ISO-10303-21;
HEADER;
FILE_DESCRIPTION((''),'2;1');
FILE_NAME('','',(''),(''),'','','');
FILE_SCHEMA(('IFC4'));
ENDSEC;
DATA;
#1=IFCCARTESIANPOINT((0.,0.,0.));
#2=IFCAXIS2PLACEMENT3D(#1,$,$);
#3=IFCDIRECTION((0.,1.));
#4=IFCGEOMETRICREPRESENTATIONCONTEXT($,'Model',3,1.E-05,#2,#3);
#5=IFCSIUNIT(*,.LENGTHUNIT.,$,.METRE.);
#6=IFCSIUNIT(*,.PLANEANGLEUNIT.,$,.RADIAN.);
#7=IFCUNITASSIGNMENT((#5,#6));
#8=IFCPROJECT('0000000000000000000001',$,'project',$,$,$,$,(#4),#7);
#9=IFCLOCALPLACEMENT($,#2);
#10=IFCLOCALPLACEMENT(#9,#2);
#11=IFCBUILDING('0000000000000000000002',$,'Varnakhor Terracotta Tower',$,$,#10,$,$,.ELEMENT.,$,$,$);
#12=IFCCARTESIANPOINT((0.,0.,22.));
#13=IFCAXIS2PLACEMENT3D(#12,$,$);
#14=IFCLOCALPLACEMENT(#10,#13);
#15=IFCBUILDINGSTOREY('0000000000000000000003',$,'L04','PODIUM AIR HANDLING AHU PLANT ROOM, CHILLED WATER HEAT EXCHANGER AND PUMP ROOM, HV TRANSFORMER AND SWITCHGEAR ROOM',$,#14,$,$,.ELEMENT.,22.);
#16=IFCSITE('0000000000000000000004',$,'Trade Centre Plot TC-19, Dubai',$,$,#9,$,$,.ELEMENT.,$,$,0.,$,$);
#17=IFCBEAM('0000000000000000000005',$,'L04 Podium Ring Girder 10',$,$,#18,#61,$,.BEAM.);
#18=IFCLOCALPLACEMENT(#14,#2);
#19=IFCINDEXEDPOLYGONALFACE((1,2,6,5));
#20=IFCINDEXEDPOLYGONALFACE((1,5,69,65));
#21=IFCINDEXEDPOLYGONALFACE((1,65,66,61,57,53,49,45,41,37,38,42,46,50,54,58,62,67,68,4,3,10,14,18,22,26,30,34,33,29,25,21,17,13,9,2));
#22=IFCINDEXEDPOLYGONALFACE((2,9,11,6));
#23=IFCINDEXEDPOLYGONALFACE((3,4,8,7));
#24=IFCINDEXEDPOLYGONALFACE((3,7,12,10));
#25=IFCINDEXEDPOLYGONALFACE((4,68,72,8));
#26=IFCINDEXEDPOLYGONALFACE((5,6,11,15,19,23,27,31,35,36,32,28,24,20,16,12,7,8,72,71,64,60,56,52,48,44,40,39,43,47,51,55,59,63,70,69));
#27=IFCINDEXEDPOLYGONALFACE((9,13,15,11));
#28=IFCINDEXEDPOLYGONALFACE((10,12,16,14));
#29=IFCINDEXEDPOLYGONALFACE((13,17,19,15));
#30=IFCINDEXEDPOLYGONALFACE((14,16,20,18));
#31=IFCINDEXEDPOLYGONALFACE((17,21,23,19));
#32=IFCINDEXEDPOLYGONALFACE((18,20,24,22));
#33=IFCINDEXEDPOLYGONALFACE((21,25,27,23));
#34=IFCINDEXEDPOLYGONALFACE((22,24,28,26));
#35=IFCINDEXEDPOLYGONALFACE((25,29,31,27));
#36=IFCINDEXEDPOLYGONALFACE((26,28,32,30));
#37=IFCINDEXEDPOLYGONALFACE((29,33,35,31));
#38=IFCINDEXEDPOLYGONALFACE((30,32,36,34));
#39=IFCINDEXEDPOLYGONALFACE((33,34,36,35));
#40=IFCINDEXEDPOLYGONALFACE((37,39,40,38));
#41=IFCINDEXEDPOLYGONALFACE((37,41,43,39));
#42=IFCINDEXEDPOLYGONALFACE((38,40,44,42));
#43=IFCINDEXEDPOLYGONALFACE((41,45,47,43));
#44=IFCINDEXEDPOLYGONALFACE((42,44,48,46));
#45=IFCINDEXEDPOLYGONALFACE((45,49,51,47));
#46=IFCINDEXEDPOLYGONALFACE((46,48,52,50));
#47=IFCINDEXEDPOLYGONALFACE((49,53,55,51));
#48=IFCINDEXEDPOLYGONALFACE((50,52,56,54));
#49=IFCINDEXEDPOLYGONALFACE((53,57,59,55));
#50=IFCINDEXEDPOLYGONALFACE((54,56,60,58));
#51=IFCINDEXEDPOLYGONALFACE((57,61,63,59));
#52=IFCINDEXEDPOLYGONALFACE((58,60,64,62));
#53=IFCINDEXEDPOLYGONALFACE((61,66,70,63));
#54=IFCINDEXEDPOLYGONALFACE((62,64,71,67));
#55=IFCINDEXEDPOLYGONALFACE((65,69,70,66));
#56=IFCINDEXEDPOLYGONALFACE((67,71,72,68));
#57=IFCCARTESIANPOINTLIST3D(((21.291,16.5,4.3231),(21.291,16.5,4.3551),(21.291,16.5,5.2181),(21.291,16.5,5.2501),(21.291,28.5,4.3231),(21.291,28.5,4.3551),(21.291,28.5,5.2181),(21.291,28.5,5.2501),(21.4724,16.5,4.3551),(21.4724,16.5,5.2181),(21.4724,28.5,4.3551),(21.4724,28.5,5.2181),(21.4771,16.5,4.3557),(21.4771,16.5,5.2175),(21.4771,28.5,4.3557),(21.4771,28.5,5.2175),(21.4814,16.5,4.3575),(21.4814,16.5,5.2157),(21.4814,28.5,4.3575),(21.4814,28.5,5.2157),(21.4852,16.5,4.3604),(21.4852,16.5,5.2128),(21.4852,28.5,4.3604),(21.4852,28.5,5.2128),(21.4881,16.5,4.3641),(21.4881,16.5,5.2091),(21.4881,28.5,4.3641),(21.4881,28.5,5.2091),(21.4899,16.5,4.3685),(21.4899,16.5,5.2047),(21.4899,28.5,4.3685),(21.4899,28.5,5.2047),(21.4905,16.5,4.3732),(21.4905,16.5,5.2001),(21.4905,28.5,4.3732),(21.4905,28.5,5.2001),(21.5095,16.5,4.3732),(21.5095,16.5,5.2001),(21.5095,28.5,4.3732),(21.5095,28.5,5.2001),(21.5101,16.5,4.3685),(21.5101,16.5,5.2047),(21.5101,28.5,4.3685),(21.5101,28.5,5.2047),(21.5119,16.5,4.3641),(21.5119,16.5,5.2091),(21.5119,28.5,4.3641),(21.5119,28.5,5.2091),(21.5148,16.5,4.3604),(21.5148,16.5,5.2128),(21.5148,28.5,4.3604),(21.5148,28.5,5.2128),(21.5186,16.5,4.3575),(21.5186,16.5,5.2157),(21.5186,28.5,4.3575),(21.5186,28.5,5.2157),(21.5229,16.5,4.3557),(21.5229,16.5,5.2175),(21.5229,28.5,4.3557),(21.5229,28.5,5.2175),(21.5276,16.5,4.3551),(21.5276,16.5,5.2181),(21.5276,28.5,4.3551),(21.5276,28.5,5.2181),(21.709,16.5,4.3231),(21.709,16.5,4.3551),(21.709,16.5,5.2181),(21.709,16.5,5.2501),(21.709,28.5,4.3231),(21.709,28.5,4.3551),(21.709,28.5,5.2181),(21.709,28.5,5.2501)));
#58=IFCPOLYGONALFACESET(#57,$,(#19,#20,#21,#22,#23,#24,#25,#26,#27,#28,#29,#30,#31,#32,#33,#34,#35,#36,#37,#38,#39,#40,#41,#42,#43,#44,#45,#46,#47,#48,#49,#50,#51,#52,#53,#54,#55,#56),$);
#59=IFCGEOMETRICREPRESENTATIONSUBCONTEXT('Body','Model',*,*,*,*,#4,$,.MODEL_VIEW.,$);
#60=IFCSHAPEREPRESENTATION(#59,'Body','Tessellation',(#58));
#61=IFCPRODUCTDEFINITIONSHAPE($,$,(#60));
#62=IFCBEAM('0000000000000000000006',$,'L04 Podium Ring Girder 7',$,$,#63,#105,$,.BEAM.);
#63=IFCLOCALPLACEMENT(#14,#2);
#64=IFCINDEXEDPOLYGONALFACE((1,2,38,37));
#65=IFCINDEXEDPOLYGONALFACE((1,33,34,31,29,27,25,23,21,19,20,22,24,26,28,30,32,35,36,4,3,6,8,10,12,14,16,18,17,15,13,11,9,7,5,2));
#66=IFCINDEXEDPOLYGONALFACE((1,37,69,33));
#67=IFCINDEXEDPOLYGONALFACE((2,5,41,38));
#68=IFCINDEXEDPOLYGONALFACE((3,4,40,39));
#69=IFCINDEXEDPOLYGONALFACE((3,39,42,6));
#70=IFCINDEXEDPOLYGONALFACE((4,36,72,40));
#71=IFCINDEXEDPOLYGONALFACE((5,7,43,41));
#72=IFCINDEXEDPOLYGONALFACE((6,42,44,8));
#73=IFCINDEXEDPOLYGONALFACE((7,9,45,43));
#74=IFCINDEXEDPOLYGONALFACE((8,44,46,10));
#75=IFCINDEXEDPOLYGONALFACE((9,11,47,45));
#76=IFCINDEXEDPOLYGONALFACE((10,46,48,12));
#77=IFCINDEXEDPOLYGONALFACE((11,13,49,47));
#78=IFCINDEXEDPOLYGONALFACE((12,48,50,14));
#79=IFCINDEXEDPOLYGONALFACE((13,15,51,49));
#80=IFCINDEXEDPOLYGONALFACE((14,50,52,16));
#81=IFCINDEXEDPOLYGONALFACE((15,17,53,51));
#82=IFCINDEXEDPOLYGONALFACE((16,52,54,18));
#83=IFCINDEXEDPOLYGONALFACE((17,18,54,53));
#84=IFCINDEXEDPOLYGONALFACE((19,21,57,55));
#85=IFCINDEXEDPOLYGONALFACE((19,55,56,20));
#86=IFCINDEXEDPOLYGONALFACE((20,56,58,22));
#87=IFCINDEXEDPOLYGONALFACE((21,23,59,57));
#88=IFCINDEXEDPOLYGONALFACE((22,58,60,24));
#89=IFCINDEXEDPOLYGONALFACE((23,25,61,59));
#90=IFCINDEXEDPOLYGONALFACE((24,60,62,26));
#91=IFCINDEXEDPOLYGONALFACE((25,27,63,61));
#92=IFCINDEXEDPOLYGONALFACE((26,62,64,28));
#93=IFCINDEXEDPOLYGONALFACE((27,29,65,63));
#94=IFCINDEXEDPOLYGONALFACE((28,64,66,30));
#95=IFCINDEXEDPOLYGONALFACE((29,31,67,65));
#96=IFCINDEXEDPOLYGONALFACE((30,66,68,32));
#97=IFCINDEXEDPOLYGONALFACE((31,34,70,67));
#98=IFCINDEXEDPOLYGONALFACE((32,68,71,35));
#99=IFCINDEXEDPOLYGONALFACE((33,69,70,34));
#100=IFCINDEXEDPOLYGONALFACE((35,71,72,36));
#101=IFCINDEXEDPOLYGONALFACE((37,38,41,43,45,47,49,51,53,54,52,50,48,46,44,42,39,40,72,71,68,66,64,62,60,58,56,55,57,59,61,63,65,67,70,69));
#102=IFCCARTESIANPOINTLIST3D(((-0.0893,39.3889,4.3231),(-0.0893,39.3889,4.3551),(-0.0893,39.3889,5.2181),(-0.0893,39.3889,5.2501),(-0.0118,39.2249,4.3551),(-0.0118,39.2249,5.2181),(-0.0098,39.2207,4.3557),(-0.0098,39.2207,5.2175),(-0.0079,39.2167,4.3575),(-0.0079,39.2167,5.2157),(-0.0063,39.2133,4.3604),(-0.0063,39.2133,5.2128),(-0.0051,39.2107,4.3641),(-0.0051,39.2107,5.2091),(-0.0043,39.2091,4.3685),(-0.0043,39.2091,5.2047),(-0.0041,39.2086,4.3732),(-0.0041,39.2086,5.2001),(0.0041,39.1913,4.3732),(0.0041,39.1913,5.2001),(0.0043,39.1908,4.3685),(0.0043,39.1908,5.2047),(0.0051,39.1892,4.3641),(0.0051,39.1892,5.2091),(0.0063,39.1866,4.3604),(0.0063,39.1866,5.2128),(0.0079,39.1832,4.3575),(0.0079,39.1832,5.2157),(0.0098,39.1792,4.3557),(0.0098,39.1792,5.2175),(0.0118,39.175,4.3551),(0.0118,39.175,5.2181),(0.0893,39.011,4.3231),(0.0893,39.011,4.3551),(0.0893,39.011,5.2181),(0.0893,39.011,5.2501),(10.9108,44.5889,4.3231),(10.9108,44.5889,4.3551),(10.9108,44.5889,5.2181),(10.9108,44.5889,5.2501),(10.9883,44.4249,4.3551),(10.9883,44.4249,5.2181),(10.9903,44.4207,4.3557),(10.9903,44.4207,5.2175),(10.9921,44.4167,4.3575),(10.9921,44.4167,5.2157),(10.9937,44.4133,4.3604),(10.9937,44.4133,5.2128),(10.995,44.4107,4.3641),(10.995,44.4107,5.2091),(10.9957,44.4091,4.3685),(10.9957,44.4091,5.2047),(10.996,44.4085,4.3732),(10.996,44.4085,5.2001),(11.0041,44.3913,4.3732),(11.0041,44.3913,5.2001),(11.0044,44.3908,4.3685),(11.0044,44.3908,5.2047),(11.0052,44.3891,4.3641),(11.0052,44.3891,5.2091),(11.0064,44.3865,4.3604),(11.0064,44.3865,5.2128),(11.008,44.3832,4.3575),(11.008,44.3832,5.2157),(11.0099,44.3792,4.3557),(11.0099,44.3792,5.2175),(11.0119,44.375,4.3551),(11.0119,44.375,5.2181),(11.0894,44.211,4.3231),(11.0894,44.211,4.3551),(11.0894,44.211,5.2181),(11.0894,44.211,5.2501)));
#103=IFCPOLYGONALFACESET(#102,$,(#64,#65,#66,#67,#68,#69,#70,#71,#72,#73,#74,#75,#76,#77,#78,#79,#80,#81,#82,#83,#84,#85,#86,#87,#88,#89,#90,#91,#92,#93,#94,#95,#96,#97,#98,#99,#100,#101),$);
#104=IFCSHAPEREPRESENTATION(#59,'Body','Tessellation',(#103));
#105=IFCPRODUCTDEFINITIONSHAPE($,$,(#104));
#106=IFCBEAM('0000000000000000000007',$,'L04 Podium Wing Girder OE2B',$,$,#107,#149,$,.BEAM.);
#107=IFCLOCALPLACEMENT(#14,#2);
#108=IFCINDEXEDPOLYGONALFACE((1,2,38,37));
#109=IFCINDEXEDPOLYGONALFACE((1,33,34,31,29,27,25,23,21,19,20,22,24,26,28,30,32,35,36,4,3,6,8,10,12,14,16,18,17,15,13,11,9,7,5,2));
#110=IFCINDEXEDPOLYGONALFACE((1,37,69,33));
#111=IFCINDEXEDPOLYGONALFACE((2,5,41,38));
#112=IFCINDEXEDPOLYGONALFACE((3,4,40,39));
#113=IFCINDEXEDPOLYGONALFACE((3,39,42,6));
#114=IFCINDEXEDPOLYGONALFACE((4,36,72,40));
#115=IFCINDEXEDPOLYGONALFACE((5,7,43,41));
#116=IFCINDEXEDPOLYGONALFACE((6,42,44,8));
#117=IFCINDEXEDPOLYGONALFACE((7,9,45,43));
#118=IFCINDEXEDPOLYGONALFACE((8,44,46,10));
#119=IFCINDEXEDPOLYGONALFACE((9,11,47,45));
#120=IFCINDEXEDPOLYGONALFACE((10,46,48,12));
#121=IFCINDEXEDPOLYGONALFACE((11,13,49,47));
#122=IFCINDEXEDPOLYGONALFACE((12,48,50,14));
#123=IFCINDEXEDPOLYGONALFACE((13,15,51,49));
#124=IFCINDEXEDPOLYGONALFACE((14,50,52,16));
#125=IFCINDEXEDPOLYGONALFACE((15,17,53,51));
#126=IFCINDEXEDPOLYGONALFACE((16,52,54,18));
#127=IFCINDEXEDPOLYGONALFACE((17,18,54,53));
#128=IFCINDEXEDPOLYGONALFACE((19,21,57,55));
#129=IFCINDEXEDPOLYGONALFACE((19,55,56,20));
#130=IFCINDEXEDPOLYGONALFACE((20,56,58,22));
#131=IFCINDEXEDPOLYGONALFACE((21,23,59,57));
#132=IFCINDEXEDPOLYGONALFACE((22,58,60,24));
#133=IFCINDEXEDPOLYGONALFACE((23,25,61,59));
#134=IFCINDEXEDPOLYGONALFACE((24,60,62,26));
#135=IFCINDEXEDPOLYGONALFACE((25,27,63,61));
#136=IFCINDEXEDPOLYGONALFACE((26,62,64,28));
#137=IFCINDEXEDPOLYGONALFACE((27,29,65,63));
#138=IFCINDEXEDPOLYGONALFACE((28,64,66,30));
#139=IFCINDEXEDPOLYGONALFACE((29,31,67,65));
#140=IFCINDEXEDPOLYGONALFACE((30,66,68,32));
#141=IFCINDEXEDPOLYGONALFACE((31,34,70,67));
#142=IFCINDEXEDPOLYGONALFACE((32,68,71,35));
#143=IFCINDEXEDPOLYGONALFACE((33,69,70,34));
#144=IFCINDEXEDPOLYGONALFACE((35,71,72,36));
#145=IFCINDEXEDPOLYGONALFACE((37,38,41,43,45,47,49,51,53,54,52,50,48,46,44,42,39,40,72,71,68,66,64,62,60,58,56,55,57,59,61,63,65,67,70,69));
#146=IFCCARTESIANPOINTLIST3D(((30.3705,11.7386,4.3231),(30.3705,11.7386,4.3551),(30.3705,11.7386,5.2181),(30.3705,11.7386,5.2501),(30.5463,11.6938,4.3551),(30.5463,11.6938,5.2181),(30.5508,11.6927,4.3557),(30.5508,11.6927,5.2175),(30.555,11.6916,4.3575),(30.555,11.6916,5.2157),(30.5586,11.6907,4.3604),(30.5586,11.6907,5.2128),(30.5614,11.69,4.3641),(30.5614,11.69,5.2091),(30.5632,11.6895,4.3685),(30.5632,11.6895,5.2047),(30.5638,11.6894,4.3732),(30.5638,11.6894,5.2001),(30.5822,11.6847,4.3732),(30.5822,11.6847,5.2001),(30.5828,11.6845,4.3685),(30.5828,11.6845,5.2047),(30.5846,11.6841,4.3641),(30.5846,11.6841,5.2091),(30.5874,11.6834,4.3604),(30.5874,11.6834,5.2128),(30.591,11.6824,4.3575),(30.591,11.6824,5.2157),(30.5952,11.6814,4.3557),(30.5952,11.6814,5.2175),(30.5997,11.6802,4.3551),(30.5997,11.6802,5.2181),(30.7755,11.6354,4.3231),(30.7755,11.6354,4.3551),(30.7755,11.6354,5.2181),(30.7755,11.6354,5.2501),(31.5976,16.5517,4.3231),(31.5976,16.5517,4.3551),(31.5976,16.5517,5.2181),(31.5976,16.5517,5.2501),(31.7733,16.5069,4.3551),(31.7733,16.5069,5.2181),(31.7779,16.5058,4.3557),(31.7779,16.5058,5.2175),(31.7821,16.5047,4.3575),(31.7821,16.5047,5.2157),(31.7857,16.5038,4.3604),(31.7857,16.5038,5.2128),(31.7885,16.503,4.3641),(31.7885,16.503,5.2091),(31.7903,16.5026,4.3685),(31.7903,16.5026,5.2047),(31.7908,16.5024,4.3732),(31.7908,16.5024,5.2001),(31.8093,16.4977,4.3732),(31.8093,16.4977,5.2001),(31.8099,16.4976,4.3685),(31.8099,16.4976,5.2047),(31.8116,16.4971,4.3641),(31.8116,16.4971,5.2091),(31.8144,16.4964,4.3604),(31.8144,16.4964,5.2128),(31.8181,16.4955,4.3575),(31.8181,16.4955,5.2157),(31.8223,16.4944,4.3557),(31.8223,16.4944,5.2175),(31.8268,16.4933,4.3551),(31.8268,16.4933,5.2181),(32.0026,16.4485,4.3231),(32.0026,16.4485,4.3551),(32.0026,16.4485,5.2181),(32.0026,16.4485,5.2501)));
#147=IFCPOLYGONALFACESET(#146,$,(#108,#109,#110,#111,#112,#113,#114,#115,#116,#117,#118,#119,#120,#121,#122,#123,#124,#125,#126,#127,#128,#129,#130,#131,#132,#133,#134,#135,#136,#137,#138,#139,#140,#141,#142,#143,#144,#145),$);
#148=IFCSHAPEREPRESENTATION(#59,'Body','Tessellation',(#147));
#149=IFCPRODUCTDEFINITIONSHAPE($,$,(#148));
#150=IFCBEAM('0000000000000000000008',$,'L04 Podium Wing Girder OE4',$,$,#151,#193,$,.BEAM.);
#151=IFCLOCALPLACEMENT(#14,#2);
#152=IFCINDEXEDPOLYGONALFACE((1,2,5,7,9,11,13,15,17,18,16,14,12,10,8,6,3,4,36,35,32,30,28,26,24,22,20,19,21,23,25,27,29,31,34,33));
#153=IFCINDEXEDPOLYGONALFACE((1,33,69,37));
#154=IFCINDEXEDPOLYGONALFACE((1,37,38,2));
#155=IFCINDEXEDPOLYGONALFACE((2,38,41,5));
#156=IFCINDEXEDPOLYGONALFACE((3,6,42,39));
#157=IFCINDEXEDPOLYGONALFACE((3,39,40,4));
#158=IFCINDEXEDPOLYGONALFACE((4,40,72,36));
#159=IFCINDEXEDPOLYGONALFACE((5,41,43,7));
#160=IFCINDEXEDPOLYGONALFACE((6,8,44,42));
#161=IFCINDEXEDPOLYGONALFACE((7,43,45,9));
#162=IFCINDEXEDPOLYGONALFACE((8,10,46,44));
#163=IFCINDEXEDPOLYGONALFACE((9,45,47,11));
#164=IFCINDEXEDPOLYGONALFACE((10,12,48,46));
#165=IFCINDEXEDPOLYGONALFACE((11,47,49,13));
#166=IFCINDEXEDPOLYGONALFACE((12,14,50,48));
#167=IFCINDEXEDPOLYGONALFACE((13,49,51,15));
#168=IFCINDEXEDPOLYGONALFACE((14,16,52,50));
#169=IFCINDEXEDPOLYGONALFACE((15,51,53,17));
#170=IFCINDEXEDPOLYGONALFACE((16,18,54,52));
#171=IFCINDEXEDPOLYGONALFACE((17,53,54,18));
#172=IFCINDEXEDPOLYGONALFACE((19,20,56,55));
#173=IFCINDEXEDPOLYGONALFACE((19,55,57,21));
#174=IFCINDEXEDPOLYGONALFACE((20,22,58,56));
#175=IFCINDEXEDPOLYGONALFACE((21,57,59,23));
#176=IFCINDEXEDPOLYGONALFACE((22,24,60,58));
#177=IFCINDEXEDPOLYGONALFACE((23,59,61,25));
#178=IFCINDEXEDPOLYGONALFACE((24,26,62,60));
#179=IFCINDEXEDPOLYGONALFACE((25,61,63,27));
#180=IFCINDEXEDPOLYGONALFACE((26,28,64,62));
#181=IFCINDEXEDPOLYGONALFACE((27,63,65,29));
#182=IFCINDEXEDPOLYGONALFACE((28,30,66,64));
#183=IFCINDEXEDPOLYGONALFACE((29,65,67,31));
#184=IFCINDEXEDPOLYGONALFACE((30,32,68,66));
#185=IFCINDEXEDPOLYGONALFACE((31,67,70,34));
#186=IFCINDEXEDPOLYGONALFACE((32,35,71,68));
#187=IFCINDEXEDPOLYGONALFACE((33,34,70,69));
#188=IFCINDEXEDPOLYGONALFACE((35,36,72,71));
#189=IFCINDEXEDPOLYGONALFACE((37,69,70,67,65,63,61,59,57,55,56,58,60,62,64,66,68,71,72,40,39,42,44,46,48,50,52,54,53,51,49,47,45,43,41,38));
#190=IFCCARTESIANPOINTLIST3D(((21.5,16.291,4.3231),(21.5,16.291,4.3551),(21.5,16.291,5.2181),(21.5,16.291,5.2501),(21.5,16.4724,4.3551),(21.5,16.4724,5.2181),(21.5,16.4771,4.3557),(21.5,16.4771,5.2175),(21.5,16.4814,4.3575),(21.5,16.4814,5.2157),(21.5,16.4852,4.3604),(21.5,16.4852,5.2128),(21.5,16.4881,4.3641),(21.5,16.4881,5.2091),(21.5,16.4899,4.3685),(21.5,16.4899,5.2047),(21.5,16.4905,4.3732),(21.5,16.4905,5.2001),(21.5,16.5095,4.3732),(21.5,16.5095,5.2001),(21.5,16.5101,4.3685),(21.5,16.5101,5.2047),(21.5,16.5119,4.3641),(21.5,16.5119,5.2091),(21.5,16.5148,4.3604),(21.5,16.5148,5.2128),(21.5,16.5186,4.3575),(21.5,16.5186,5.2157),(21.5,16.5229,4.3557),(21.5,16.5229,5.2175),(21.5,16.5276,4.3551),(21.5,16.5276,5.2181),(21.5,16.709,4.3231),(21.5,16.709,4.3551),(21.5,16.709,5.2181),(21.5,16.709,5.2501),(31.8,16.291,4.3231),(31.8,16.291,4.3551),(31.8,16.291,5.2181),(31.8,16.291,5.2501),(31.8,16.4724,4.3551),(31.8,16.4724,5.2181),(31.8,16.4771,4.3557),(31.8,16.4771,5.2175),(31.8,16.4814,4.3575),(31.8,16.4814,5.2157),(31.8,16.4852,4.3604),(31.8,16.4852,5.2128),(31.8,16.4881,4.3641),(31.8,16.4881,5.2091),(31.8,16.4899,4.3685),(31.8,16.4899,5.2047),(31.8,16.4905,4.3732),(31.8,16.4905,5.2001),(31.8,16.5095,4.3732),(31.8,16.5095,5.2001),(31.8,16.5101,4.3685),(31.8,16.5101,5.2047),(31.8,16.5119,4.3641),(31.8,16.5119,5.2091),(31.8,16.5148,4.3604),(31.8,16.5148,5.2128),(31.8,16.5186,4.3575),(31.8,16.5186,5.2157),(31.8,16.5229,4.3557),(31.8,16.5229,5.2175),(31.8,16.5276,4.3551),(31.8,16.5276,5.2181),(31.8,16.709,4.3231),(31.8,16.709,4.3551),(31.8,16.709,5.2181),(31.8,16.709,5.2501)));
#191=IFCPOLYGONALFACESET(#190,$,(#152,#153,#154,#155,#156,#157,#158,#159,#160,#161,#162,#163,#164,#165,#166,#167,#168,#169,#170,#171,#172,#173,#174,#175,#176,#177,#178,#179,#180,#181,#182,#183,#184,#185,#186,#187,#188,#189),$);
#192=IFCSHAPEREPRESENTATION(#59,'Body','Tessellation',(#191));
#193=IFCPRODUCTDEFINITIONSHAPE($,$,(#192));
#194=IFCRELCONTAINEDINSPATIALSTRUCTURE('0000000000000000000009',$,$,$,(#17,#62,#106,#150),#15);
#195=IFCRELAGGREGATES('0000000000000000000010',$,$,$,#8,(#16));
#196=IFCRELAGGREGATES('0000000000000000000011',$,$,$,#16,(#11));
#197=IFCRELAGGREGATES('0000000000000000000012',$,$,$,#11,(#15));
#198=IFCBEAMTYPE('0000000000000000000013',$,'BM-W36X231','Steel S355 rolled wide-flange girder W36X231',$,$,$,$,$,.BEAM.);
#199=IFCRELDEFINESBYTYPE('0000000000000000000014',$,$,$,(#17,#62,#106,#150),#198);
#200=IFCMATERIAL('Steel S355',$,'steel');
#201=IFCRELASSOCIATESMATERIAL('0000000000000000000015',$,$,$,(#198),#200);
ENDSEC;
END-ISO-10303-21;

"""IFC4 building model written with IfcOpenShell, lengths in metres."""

from ifc_helpers import new_model, si_unit, direction, frame, origin, origin_2d, place, context, subcontext, project, spatial, i_section, extrude, source, transform, mapped, material, material_profile, profile_set, type_object, element, save


model = new_model("IFC4")

# Units and contexts
model_context = context("Model", 3, precision=1e-05, world=origin(), true_north=direction((0.0, 1.0)))
body_context = subcontext(model_context, "Body", "Model", "MODEL_VIEW")
ifc_project = project(units=[si_unit("LENGTHUNIT", "METRE"), si_unit("PLANEANGLEUNIT", "RADIAN")], contexts=[model_context])

# Site, building, storey
site_placement = place(None, origin())
site = spatial("IfcSite", under=ifc_project, at=site_placement, Name="Trade Centre Plot TC-19, Dubai", CompositionType="ELEMENT", RefElevation=0.0)
building_placement = place(site_placement, origin())
building = spatial("IfcBuilding", under=site, at=building_placement, Name="Varnakhor Terracotta Tower", CompositionType="ELEMENT")
storey_placement = place(building_placement, frame((0.0, 0.0, 22.0)))
storey = spatial("IfcBuildingStorey", under=building, at=storey_placement, Name="L04", Description="PODIUM AIR HANDLING AHU PLANT ROOM, CHILLED WATER HEAT EXCHANGER AND PUMP ROOM, HV TRANSFORMER AND SWITCHGEAR ROOM", CompositionType="ELEMENT", Elevation=22.0)

# Beams
ifc_material_1 = material(Name="Steel S355", Category="steel")
ifc_material_profile_1 = material_profile(ifc_material_1, i_section(OverallWidth=0.418, OverallDepth=0.927, WebThickness=0.019, FlangeThickness=0.032, FilletRadius=0.0181, at=origin_2d()), Name="W36X231")
ifc_profile_set_1 = profile_set([ifc_material_profile_1], Name="Steel S355")
beam_type_1 = type_object("IfcBeamType", Name="BM-W36X231", Description="Steel S355 rolled wide-flange girder W36X231", PredefinedType="BEAM", material=ifc_profile_set_1)
shared_shape_1 = source(origin(), body_context, "Body", "SweptSolid", [
    extrude(i_section(OverallWidth=0.418, OverallDepth=0.927, WebThickness=0.019, FlangeThickness=0.032, FilletRadius=0.0181, at=origin_2d()), origin(), (0.0, 0.0, 1.0), 12.0),
])
beam_1_placement = place(storey_placement, frame((21.5, 28.5, 4.7866), z_axis=(0.0, -1.0, 0.0), x_axis=(1.0, 0.0, 0.0)))
element("IfcBeam", 1, at=beam_1_placement, inside=storey, type_object=beam_type_1, Name="L04 Podium Ring Girder 10", PredefinedType="BEAM", context=body_context, shape_type="MappedRepresentation", body=[
    mapped(shared_shape_1, transform((0.0, 0.0, 0.0), scale=1.0)),
])
shared_shape_2 = source(origin(), body_context, "Body", "SweptSolid", [
    extrude(i_section(OverallWidth=0.418, OverallDepth=0.927, WebThickness=0.019, FlangeThickness=0.032, FilletRadius=0.0181, at=origin_2d()), origin(), (0.0, 0.0, 1.0), 12.1672),
])
beam_2_placement = place(storey_placement, frame((0.0, 39.2, 4.7866), z_axis=(0.904074, 0.427376, 0.0), x_axis=(-0.427376, 0.904074, 0.0)))
element("IfcBeam", 2, at=beam_2_placement, inside=storey, type_object=beam_type_1, Name="L04 Podium Ring Girder 7", PredefinedType="BEAM", context=body_context, shape_type="MappedRepresentation", body=[
    mapped(shared_shape_2, transform((0.0, 0.0, 0.0), scale=1.0)),
])
shared_shape_3 = source(origin(), body_context, "Body", "SweptSolid", [
    extrude(i_section(OverallWidth=0.418, OverallDepth=0.927, WebThickness=0.019, FlangeThickness=0.032, FilletRadius=0.0181, at=origin_2d()), origin(), (0.0, 0.0, 1.0), 4.967),
])
beam_3_placement = place(storey_placement, frame((30.573, 11.687, 4.7866), z_axis=(0.247044, 0.969004, 0.0), x_axis=(-0.969004, 0.247044, 0.0)))
element("IfcBeam", 3, at=beam_3_placement, inside=storey, type_object=beam_type_1, Name="L04 Podium Wing Girder OE2B", PredefinedType="BEAM", context=body_context, shape_type="MappedRepresentation", body=[
    mapped(shared_shape_3, transform((0.0, 0.0, 0.0), scale=1.0)),
])
shared_shape_4 = source(origin(), body_context, "Body", "SweptSolid", [
    extrude(i_section(OverallWidth=0.418, OverallDepth=0.927, WebThickness=0.019, FlangeThickness=0.032, FilletRadius=0.0181, at=origin_2d()), origin(), (0.0, 0.0, 1.0), 10.3),
])
beam_4_placement = place(storey_placement, frame((21.5, 16.5, 4.7866), z_axis=(1.0, 0.0, 0.0), x_axis=(0.0, 1.0, 0.0)))
element("IfcBeam", 4, at=beam_4_placement, inside=storey, type_object=beam_type_1, Name="L04 Podium Wing Girder OE4", PredefinedType="BEAM", context=body_context, shape_type="MappedRepresentation", body=[
    mapped(shared_shape_4, transform((0.0, 0.0, 0.0), scale=1.0)),
])

save(model, "model.ifc")
